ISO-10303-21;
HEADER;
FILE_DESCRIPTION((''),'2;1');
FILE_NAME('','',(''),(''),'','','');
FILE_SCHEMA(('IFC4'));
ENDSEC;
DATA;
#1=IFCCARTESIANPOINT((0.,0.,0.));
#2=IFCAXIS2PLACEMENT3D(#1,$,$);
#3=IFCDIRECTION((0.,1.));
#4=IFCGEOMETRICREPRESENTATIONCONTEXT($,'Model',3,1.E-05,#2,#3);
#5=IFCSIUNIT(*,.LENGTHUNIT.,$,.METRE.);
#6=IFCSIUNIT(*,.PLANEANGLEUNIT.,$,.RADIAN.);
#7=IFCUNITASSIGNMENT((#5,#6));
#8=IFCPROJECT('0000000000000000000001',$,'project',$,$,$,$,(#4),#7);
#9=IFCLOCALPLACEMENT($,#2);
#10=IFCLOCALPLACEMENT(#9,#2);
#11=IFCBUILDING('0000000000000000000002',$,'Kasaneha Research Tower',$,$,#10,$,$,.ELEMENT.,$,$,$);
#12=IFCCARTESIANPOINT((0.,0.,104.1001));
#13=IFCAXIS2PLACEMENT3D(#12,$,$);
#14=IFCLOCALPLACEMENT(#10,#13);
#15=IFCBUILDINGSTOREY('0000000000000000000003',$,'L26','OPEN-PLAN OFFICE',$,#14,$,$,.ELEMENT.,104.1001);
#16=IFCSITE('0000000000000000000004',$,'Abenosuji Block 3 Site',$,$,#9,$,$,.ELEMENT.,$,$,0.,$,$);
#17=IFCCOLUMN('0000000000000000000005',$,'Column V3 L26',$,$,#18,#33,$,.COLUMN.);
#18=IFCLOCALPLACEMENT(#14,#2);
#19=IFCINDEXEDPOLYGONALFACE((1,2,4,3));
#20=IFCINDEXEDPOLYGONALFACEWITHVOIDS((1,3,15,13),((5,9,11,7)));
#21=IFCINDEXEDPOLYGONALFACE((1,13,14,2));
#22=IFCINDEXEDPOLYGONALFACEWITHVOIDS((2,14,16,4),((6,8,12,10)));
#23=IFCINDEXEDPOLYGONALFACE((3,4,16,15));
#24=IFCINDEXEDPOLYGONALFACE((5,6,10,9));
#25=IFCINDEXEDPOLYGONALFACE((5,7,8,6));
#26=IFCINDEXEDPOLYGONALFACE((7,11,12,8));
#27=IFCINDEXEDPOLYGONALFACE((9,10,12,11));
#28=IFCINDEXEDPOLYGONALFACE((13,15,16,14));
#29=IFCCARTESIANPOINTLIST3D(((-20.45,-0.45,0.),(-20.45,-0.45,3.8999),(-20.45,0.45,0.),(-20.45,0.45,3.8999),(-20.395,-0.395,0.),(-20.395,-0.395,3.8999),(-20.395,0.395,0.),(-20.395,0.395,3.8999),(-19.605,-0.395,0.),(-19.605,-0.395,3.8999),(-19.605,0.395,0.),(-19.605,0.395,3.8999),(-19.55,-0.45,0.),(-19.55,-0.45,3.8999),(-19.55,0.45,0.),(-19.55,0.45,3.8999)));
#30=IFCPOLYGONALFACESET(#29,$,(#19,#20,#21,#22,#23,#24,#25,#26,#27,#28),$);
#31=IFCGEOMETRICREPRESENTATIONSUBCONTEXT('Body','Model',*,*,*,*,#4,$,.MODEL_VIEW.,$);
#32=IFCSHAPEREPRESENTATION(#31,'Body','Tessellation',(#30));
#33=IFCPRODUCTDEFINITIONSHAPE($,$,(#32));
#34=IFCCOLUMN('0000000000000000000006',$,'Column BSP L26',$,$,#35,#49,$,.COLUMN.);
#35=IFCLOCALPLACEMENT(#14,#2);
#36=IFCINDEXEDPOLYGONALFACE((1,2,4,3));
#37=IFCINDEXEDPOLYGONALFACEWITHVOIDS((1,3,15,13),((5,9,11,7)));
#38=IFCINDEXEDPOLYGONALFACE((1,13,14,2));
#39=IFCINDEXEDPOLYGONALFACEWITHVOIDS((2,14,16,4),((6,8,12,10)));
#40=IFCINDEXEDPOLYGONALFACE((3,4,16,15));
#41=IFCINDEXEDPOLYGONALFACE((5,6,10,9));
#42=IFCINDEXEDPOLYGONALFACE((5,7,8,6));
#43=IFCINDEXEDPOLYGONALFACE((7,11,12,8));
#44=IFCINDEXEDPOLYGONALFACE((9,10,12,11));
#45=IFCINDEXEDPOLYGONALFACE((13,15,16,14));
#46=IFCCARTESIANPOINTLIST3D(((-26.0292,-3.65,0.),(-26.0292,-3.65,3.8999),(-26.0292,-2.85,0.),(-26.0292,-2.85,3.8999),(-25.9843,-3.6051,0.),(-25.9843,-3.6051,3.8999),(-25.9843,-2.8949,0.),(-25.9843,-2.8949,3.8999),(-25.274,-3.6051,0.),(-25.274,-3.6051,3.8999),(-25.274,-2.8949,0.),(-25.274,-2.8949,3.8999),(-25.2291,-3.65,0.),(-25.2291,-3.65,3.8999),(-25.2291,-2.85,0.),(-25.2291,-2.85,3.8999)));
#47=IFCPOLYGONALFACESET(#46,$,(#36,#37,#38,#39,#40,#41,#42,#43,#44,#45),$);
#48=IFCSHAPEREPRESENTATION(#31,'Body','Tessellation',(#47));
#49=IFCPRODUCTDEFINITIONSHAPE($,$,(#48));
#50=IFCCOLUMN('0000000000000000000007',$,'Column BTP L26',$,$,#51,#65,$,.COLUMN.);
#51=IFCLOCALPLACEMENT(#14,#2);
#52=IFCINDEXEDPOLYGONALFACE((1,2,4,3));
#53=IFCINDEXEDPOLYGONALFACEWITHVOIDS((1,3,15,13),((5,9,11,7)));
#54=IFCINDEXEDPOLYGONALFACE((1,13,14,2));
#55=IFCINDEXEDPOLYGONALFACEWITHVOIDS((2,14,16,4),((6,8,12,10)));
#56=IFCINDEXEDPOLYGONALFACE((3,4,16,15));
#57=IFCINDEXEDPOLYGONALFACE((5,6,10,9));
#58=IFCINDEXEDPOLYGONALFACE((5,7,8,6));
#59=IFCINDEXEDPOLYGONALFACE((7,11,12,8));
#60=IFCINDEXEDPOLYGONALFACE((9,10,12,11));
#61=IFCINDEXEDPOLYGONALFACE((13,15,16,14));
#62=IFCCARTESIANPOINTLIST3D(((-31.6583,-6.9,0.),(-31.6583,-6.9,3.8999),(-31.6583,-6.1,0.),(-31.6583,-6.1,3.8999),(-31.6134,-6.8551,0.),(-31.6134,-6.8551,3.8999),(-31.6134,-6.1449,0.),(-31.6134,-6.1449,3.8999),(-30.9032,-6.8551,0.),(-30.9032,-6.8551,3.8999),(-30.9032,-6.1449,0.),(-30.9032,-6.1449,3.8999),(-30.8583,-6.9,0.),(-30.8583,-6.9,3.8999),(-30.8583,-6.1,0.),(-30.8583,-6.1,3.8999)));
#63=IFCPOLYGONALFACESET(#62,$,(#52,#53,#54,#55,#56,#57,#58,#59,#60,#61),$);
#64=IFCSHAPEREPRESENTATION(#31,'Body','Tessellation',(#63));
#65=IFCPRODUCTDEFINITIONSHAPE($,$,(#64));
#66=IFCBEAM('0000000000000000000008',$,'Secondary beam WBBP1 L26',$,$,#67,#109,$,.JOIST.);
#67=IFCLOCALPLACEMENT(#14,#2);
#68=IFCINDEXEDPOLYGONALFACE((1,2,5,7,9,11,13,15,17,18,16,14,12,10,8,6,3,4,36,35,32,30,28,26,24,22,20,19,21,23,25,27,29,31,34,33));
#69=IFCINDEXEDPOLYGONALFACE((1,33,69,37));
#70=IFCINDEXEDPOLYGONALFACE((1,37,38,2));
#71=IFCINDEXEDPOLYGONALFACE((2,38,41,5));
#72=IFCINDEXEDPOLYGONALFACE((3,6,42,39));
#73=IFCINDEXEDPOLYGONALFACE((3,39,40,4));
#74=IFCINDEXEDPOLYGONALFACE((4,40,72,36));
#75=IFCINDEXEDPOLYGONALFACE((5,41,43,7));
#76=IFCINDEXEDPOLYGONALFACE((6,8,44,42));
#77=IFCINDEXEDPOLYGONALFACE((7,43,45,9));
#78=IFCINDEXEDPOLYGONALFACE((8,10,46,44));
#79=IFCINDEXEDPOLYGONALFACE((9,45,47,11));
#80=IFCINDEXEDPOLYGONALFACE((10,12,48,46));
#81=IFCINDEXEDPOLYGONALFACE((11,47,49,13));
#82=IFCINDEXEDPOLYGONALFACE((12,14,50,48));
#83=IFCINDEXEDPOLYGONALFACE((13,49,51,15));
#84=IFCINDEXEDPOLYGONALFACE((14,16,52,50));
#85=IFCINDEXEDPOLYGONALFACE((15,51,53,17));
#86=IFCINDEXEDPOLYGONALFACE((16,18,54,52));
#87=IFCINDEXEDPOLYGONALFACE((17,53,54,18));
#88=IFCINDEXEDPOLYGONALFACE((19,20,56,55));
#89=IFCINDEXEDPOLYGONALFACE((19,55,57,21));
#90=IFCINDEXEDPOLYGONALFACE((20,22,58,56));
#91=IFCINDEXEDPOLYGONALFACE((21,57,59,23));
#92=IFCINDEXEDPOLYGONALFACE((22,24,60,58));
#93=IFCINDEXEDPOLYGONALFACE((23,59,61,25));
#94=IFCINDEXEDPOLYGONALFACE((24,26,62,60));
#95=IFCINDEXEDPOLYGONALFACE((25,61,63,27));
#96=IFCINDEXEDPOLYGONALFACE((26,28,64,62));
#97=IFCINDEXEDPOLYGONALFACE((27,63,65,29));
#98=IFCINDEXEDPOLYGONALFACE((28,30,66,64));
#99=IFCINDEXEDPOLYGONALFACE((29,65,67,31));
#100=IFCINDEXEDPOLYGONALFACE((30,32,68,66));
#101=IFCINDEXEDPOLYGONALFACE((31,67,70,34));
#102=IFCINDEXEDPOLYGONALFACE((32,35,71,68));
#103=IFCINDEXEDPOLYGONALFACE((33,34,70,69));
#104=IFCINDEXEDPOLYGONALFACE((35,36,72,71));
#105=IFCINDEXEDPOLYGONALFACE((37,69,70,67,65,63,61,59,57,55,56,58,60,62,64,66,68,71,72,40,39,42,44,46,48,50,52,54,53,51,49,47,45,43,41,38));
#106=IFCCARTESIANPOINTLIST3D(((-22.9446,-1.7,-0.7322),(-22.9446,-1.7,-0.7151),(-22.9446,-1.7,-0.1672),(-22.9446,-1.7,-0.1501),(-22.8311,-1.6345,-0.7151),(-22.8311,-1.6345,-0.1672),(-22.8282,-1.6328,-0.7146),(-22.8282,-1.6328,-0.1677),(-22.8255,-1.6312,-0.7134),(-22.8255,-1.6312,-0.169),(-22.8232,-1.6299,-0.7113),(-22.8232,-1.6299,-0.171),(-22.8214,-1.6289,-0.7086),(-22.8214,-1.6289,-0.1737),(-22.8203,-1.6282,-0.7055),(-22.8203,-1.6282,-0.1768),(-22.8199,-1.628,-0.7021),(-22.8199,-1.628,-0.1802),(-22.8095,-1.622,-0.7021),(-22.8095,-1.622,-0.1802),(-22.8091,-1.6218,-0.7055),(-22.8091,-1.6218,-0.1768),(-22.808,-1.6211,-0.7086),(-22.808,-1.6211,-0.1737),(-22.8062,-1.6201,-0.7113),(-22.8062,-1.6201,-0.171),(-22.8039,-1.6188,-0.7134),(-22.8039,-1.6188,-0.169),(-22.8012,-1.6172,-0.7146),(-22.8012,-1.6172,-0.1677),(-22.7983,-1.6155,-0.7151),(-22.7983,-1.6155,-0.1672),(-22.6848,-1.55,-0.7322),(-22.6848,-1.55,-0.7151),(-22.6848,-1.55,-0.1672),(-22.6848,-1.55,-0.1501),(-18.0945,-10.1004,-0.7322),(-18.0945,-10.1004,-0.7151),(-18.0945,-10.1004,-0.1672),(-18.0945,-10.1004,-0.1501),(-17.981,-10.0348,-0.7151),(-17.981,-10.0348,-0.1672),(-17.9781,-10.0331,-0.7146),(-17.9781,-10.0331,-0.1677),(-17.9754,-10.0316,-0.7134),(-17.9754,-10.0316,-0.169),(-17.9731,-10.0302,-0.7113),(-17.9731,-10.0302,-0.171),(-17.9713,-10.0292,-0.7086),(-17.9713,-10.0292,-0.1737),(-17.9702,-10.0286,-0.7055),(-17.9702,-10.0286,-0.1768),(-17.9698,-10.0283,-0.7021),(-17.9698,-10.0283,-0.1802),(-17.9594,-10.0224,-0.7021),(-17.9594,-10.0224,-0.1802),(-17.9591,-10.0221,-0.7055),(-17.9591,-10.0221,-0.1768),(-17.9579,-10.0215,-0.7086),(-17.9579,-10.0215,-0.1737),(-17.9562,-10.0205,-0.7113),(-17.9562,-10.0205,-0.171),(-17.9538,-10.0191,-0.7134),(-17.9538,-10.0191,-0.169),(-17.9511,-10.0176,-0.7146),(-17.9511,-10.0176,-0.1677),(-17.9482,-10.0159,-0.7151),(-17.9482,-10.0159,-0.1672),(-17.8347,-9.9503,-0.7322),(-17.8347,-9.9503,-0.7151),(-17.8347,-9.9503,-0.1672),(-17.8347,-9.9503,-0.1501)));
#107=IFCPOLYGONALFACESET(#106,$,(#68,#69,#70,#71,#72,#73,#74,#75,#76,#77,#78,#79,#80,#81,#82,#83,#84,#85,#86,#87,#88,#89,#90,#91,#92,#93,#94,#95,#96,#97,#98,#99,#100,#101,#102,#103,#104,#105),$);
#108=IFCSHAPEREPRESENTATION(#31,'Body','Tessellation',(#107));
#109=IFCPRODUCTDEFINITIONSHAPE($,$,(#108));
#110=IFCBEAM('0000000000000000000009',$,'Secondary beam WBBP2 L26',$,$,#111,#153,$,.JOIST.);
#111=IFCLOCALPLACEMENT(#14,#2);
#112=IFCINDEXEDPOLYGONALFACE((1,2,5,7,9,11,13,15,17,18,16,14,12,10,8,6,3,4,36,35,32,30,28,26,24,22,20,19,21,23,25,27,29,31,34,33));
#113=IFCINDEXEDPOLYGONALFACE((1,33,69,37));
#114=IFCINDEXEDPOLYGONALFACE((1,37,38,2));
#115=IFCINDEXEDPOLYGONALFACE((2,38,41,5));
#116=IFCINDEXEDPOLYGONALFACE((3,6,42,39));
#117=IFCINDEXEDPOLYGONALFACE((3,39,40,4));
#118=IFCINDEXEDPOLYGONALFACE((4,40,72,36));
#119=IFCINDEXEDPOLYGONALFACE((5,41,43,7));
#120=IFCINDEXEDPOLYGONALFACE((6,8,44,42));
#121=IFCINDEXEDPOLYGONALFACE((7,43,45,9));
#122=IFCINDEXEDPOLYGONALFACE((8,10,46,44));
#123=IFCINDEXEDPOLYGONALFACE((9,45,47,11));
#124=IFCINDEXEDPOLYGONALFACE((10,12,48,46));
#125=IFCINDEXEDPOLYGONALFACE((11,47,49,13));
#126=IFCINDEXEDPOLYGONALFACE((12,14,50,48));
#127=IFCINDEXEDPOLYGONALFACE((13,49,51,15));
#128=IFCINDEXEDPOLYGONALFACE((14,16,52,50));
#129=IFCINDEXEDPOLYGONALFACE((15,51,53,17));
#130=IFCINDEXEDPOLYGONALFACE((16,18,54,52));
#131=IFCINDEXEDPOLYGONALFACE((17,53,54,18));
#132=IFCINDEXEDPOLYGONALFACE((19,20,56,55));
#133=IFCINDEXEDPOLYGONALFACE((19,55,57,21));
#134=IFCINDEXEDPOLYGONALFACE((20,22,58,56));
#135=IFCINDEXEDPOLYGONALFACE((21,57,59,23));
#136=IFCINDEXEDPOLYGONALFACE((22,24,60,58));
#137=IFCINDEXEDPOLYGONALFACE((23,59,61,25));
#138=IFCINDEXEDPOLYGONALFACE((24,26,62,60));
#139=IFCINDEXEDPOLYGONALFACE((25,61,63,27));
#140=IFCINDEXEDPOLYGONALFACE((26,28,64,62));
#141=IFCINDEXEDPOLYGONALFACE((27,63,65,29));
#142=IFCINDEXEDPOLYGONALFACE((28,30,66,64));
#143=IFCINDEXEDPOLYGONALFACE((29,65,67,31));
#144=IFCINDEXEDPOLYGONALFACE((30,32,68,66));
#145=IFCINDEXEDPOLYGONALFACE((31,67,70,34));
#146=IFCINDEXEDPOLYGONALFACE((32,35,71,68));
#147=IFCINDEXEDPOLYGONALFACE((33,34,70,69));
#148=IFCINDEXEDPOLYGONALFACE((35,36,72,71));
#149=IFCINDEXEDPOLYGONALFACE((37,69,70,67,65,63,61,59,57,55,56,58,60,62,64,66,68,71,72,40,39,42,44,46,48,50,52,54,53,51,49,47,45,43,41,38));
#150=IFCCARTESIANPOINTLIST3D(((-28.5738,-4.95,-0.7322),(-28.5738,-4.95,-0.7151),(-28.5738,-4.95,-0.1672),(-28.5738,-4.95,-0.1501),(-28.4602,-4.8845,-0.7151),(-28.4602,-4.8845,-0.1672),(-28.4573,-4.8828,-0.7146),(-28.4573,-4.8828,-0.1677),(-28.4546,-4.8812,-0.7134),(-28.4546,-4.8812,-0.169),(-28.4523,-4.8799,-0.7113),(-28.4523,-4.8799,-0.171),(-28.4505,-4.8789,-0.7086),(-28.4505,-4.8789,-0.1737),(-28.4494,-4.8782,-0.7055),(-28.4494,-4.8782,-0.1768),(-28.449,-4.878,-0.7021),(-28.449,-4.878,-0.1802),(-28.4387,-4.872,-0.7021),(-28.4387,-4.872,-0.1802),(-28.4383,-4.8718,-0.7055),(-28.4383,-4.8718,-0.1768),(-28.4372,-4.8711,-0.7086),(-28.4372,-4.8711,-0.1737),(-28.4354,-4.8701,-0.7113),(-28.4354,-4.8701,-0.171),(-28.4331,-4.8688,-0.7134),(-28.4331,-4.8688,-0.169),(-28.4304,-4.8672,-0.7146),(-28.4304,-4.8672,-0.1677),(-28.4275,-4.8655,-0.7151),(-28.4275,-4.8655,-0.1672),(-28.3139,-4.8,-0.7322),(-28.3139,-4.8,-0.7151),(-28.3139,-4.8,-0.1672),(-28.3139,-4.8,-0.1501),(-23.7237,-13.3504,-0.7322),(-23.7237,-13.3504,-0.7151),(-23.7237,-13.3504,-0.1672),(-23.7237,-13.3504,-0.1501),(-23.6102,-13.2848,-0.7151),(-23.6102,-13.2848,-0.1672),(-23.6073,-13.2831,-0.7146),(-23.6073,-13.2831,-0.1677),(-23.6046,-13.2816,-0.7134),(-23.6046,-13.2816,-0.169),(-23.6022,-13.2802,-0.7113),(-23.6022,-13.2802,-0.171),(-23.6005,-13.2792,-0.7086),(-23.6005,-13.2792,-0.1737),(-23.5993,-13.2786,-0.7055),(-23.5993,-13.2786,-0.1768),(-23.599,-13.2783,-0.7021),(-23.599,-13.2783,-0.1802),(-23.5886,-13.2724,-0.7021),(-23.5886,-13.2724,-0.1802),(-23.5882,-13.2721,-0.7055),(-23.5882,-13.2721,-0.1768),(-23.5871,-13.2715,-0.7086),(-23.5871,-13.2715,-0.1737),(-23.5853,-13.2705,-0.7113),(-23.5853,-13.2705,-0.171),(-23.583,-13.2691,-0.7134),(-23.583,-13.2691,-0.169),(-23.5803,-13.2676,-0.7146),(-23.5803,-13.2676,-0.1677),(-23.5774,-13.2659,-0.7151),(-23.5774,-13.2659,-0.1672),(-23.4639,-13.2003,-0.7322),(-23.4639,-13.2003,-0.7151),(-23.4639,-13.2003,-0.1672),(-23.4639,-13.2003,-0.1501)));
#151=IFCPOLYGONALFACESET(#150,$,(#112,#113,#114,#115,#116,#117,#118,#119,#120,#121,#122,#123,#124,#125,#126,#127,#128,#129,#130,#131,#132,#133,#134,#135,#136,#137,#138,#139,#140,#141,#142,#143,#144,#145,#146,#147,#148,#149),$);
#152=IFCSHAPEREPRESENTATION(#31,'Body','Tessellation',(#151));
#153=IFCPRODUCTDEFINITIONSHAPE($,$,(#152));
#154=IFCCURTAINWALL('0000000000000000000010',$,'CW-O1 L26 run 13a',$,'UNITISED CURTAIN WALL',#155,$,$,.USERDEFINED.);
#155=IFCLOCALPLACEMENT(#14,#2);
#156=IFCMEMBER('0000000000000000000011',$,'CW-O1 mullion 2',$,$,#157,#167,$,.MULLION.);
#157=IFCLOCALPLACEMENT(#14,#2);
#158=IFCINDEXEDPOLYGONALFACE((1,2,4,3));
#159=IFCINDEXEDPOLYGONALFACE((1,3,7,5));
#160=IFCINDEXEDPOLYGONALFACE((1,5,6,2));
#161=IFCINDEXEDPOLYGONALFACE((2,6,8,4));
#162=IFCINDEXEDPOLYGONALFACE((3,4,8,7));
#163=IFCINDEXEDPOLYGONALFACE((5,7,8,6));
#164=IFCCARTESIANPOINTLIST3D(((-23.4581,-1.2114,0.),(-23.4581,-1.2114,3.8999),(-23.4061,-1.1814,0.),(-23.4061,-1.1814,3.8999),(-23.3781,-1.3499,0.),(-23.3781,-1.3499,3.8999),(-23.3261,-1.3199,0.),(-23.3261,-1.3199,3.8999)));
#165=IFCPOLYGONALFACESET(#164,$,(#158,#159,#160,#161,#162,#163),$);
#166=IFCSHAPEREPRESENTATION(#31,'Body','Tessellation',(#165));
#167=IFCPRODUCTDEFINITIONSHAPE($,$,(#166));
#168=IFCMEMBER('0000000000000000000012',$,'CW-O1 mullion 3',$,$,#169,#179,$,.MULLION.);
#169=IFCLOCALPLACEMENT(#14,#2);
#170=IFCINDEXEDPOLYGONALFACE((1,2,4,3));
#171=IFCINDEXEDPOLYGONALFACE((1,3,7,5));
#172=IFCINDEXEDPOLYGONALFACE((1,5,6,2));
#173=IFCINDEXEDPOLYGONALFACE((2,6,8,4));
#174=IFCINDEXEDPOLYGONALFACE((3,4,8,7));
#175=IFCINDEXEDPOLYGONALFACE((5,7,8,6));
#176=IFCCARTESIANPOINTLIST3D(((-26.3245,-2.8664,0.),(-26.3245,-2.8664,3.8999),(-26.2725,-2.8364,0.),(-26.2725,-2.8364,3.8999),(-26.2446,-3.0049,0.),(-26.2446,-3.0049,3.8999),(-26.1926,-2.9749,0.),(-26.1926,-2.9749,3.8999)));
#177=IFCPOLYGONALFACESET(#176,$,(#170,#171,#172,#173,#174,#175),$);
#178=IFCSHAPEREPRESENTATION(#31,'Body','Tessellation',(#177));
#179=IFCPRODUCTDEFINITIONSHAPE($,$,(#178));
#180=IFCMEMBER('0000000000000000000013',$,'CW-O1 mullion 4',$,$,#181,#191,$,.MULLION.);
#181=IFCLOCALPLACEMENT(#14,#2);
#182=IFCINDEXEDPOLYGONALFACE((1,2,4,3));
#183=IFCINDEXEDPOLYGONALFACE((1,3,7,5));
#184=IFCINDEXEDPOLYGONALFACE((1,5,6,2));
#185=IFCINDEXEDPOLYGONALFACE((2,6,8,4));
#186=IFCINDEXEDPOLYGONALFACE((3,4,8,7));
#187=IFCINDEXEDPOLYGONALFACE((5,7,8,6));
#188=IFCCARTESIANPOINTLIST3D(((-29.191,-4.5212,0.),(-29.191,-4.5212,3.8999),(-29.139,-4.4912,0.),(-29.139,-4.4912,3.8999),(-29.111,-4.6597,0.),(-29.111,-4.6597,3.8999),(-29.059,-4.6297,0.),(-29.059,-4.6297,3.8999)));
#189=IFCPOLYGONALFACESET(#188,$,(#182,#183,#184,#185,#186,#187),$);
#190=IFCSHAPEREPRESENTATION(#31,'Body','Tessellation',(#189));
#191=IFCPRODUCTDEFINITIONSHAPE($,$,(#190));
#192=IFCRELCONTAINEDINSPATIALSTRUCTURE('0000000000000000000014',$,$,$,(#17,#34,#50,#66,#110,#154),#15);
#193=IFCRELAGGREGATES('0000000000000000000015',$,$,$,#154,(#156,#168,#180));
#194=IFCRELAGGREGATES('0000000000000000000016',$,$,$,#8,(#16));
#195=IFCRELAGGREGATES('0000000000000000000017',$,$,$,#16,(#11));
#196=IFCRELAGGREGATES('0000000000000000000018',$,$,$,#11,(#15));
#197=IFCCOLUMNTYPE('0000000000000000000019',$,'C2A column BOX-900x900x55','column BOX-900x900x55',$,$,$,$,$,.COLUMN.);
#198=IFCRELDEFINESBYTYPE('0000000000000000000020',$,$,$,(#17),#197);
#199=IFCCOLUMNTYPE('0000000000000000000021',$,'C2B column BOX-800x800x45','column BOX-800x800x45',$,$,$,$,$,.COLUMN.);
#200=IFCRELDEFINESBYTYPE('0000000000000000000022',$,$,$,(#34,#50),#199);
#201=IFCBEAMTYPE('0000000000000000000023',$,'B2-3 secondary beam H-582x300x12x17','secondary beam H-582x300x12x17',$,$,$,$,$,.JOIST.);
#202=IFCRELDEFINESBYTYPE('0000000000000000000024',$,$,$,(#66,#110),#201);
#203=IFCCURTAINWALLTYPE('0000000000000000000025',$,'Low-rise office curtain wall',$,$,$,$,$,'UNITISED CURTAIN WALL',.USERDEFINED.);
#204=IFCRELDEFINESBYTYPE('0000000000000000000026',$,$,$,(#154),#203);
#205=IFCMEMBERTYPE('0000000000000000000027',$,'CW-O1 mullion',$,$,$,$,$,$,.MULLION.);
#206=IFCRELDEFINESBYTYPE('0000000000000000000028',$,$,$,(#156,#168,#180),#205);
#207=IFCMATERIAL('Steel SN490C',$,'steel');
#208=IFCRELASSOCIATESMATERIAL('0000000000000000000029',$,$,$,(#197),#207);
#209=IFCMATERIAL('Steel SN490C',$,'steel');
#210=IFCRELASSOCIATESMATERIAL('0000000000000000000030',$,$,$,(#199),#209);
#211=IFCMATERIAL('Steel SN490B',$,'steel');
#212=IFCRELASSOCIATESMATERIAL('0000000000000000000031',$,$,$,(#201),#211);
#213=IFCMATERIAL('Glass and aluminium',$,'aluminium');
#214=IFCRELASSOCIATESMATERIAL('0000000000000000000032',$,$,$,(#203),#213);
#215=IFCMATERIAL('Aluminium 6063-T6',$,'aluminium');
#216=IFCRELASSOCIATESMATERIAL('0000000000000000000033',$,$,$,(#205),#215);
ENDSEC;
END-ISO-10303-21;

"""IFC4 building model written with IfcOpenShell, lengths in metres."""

from ifc_helpers import new_model, si_unit, direction, frame, origin, origin_2d, place, context, subcontext, project, spatial, rectangle, hollow_rectangle, i_section, extrude, material, material_profile, profile_set, type_object, element, aggregate, save


model = new_model("IFC4")

# Units and contexts
model_context = context("Model", 3, precision=1e-05, world=origin(), true_north=direction((0.0, 1.0)))
body_context = subcontext(model_context, "Body", "Model", "MODEL_VIEW")
ifc_project = project(units=[si_unit("LENGTHUNIT", "METRE"), si_unit("PLANEANGLEUNIT", "RADIAN")], contexts=[model_context])

# Site, building, storey
site_placement = place(None, origin())
site = spatial("IfcSite", under=ifc_project, at=site_placement, Name="Abenosuji Block 3 Site", CompositionType="ELEMENT", RefElevation=0.0)
building_placement = place(site_placement, origin())
building = spatial("IfcBuilding", under=site, at=building_placement, Name="Kasaneha Research Tower", CompositionType="ELEMENT")
storey_placement = place(building_placement, frame((0.0, 0.0, 104.1001)))
storey = spatial("IfcBuildingStorey", under=building, at=storey_placement, Name="L26", Description="OPEN-PLAN OFFICE", CompositionType="ELEMENT", Elevation=104.1001)

# Columns
ifc_material_1 = material(Name="Steel SN490C", Category="steel")
ifc_material_profile_1 = material_profile(ifc_material_1, hollow_rectangle(XDim=0.8999, YDim=0.8999, WallThickness=0.0549, at=origin_2d()), Name="BOX-900x900x55")
ifc_profile_set_1 = profile_set([ifc_material_profile_1], Name="Steel SN490C")
column_type_1 = type_object("IfcColumnType", Name="C2A column BOX-900x900x55", Description="column BOX-900x900x55", PredefinedType="COLUMN", material=ifc_profile_set_1)
column_placement = place(storey_placement, frame((-20.0, 0.0, 0.0), z_axis=(0.0, 0.0, 1.0), x_axis=(1.0, 0.0, 0.0)))
element("IfcColumn", 1, at=column_placement, inside=storey, type_object=column_type_1, Name="Column V3 L26", PredefinedType="COLUMN", context=body_context, shape_type="SweptSolid", body=[
    extrude(hollow_rectangle(XDim=0.8999, YDim=0.8999, WallThickness=0.0549, at=origin_2d()), origin(), (0.0, 0.0, 1.0), 3.8999),
])
ifc_material_2 = material(Name="Steel SN490C", Category="steel")
ifc_material_profile_2 = material_profile(ifc_material_2, hollow_rectangle(XDim=0.8, YDim=0.8, WallThickness=0.0449, at=origin_2d()), Name="BOX-800x800x45")
ifc_profile_set_2 = profile_set([ifc_material_profile_2], Name="Steel SN490C")
column_type_2 = type_object("IfcColumnType", Name="C2B column BOX-800x800x45", Description="column BOX-800x800x45", PredefinedType="COLUMN", material=ifc_profile_set_2)
for number, where, z_axis, x_axis, name in (
    (2, (-25.6292, -3.25, 0.0), (0.0, 0.0, 1.0), (1.0, 0.0, 0.0), "Column BSP L26"),
    (3, (-31.2583, -6.5, 0.0), (0.0, 0.0, 1.0), (1.0, 0.0, 0.0), "Column BTP L26"),
):
    element("IfcColumn", number, at=place(storey_placement, frame(where, z_axis=z_axis, x_axis=x_axis)), inside=storey, type_object=column_type_2, Name=name, PredefinedType="COLUMN", context=body_context, shape_type="SweptSolid", body=[
        extrude(hollow_rectangle(XDim=0.8, YDim=0.8, WallThickness=0.0449, at=origin_2d()), origin(), (0.0, 0.0, 1.0), 3.8999),
    ])

# Beams
ifc_material_3 = material(Name="Steel SN490B", Category="steel")
ifc_material_profile_3 = material_profile(ifc_material_3, i_section(OverallWidth=0.3, OverallDepth=0.582, WebThickness=0.012, FlangeThickness=0.0171, FilletRadius=0.0129, at=origin_2d()), Name="H-582x300x12x17")
ifc_profile_set_3 = profile_set([ifc_material_profile_3], Name="Steel SN490B")
beam_type_1 = type_object("IfcBeamType", Name="B2-3 secondary beam H-582x300x12x17", Description="secondary beam H-582x300x12x17", PredefinedType="JOIST", material=ifc_profile_set_3)
for number, where, z_axis, x_axis, name in (
    (4, (-22.8147, -1.625, -0.4412), (0.50001, -0.86602, 0.0), (0.86602, 0.50001, 0.0), "Secondary beam WBBP1 L26"),
    (5, (-28.4438, -4.875, -0.4412), (0.50001, -0.86602, 0.0), (0.86602, 0.50001, 0.0), "Secondary beam WBBP2 L26"),
):
    element("IfcBeam", number, at=place(storey_placement, frame(where, z_axis=z_axis, x_axis=x_axis)), inside=storey, type_object=beam_type_1, Name=name, PredefinedType="JOIST", context=body_context, shape_type="SweptSolid", body=[
        extrude(i_section(OverallWidth=0.3, OverallDepth=0.582, WebThickness=0.012, FlangeThickness=0.0171, FilletRadius=0.0129, at=origin_2d()), origin(), (0.0, 0.0, 1.0), 9.7),
    ])

# Curtain wall, members
ifc_material_4 = material(Name="Glass and aluminium", Category="aluminium")
curtain_wall_type = type_object("IfcCurtainWallType", Name="Low-rise office curtain wall", ElementType="UNITISED CURTAIN WALL", PredefinedType="USERDEFINED", material=ifc_material_4)
curtain_wall_1_placement = place(storey_placement, origin())
curtain_wall_1 = element("IfcCurtainWall", 6, at=curtain_wall_1_placement, inside=storey, type_object=curtain_wall_type, Name="CW-O1 L26 run 13a", ObjectType="UNITISED CURTAIN WALL", PredefinedType="USERDEFINED")
ifc_material_5 = material(Name="Aluminium 6063-T6", Category="aluminium")
ifc_material_profile_4 = material_profile(ifc_material_5, rectangle(XDim=0.0601, YDim=0.1599, at=origin_2d()), Name="CW-O1 mullion 60x160")
ifc_profile_set_4 = profile_set([ifc_material_profile_4], Name="Aluminium 6063-T6")
member_type_1 = type_object("IfcMemberType", Name="CW-O1 mullion", PredefinedType="MULLION", material=ifc_profile_set_4)
member_1_placement = place(storey_placement, frame((-23.3921, -1.2656, 0.0), z_axis=(0.0, 0.0, 1.0), x_axis=(-0.866025, -0.5, 0.0)))
member_1 = element("IfcMember", 7, at=member_1_placement, type_object=member_type_1, Name="CW-O1 mullion 2", PredefinedType="MULLION", context=body_context, shape_type="SweptSolid", body=[
    extrude(rectangle(XDim=0.0601, YDim=0.1599, at=origin_2d()), origin(), (0.0, 0.0, 1.0), 3.8999),
])
member_2_placement = place(storey_placement, frame((-26.2585, -2.9207, 0.0), z_axis=(0.0, 0.0, 1.0), x_axis=(-0.866025, -0.5, 0.0)))
member_2 = element("IfcMember", 8, at=member_2_placement, type_object=member_type_1, Name="CW-O1 mullion 3", PredefinedType="MULLION", context=body_context, shape_type="SweptSolid", body=[
    extrude(rectangle(XDim=0.0601, YDim=0.1599, at=origin_2d()), origin(), (0.0, 0.0, 1.0), 3.8999),
])
member_3_placement = place(storey_placement, frame((-29.125, -4.5754, 0.0), z_axis=(0.0, 0.0, 1.0), x_axis=(-0.866025, -0.5, 0.0)))
member_3 = element("IfcMember", 9, at=member_3_placement, type_object=member_type_1, Name="CW-O1 mullion 4", PredefinedType="MULLION", context=body_context, shape_type="SweptSolid", body=[
    extrude(rectangle(XDim=0.0601, YDim=0.1599, at=origin_2d()), origin(), (0.0, 0.0, 1.0), 3.8999),
])

aggregate(curtain_wall_1, [member_1, member_2, member_3])

save(model, "model.ifc")
